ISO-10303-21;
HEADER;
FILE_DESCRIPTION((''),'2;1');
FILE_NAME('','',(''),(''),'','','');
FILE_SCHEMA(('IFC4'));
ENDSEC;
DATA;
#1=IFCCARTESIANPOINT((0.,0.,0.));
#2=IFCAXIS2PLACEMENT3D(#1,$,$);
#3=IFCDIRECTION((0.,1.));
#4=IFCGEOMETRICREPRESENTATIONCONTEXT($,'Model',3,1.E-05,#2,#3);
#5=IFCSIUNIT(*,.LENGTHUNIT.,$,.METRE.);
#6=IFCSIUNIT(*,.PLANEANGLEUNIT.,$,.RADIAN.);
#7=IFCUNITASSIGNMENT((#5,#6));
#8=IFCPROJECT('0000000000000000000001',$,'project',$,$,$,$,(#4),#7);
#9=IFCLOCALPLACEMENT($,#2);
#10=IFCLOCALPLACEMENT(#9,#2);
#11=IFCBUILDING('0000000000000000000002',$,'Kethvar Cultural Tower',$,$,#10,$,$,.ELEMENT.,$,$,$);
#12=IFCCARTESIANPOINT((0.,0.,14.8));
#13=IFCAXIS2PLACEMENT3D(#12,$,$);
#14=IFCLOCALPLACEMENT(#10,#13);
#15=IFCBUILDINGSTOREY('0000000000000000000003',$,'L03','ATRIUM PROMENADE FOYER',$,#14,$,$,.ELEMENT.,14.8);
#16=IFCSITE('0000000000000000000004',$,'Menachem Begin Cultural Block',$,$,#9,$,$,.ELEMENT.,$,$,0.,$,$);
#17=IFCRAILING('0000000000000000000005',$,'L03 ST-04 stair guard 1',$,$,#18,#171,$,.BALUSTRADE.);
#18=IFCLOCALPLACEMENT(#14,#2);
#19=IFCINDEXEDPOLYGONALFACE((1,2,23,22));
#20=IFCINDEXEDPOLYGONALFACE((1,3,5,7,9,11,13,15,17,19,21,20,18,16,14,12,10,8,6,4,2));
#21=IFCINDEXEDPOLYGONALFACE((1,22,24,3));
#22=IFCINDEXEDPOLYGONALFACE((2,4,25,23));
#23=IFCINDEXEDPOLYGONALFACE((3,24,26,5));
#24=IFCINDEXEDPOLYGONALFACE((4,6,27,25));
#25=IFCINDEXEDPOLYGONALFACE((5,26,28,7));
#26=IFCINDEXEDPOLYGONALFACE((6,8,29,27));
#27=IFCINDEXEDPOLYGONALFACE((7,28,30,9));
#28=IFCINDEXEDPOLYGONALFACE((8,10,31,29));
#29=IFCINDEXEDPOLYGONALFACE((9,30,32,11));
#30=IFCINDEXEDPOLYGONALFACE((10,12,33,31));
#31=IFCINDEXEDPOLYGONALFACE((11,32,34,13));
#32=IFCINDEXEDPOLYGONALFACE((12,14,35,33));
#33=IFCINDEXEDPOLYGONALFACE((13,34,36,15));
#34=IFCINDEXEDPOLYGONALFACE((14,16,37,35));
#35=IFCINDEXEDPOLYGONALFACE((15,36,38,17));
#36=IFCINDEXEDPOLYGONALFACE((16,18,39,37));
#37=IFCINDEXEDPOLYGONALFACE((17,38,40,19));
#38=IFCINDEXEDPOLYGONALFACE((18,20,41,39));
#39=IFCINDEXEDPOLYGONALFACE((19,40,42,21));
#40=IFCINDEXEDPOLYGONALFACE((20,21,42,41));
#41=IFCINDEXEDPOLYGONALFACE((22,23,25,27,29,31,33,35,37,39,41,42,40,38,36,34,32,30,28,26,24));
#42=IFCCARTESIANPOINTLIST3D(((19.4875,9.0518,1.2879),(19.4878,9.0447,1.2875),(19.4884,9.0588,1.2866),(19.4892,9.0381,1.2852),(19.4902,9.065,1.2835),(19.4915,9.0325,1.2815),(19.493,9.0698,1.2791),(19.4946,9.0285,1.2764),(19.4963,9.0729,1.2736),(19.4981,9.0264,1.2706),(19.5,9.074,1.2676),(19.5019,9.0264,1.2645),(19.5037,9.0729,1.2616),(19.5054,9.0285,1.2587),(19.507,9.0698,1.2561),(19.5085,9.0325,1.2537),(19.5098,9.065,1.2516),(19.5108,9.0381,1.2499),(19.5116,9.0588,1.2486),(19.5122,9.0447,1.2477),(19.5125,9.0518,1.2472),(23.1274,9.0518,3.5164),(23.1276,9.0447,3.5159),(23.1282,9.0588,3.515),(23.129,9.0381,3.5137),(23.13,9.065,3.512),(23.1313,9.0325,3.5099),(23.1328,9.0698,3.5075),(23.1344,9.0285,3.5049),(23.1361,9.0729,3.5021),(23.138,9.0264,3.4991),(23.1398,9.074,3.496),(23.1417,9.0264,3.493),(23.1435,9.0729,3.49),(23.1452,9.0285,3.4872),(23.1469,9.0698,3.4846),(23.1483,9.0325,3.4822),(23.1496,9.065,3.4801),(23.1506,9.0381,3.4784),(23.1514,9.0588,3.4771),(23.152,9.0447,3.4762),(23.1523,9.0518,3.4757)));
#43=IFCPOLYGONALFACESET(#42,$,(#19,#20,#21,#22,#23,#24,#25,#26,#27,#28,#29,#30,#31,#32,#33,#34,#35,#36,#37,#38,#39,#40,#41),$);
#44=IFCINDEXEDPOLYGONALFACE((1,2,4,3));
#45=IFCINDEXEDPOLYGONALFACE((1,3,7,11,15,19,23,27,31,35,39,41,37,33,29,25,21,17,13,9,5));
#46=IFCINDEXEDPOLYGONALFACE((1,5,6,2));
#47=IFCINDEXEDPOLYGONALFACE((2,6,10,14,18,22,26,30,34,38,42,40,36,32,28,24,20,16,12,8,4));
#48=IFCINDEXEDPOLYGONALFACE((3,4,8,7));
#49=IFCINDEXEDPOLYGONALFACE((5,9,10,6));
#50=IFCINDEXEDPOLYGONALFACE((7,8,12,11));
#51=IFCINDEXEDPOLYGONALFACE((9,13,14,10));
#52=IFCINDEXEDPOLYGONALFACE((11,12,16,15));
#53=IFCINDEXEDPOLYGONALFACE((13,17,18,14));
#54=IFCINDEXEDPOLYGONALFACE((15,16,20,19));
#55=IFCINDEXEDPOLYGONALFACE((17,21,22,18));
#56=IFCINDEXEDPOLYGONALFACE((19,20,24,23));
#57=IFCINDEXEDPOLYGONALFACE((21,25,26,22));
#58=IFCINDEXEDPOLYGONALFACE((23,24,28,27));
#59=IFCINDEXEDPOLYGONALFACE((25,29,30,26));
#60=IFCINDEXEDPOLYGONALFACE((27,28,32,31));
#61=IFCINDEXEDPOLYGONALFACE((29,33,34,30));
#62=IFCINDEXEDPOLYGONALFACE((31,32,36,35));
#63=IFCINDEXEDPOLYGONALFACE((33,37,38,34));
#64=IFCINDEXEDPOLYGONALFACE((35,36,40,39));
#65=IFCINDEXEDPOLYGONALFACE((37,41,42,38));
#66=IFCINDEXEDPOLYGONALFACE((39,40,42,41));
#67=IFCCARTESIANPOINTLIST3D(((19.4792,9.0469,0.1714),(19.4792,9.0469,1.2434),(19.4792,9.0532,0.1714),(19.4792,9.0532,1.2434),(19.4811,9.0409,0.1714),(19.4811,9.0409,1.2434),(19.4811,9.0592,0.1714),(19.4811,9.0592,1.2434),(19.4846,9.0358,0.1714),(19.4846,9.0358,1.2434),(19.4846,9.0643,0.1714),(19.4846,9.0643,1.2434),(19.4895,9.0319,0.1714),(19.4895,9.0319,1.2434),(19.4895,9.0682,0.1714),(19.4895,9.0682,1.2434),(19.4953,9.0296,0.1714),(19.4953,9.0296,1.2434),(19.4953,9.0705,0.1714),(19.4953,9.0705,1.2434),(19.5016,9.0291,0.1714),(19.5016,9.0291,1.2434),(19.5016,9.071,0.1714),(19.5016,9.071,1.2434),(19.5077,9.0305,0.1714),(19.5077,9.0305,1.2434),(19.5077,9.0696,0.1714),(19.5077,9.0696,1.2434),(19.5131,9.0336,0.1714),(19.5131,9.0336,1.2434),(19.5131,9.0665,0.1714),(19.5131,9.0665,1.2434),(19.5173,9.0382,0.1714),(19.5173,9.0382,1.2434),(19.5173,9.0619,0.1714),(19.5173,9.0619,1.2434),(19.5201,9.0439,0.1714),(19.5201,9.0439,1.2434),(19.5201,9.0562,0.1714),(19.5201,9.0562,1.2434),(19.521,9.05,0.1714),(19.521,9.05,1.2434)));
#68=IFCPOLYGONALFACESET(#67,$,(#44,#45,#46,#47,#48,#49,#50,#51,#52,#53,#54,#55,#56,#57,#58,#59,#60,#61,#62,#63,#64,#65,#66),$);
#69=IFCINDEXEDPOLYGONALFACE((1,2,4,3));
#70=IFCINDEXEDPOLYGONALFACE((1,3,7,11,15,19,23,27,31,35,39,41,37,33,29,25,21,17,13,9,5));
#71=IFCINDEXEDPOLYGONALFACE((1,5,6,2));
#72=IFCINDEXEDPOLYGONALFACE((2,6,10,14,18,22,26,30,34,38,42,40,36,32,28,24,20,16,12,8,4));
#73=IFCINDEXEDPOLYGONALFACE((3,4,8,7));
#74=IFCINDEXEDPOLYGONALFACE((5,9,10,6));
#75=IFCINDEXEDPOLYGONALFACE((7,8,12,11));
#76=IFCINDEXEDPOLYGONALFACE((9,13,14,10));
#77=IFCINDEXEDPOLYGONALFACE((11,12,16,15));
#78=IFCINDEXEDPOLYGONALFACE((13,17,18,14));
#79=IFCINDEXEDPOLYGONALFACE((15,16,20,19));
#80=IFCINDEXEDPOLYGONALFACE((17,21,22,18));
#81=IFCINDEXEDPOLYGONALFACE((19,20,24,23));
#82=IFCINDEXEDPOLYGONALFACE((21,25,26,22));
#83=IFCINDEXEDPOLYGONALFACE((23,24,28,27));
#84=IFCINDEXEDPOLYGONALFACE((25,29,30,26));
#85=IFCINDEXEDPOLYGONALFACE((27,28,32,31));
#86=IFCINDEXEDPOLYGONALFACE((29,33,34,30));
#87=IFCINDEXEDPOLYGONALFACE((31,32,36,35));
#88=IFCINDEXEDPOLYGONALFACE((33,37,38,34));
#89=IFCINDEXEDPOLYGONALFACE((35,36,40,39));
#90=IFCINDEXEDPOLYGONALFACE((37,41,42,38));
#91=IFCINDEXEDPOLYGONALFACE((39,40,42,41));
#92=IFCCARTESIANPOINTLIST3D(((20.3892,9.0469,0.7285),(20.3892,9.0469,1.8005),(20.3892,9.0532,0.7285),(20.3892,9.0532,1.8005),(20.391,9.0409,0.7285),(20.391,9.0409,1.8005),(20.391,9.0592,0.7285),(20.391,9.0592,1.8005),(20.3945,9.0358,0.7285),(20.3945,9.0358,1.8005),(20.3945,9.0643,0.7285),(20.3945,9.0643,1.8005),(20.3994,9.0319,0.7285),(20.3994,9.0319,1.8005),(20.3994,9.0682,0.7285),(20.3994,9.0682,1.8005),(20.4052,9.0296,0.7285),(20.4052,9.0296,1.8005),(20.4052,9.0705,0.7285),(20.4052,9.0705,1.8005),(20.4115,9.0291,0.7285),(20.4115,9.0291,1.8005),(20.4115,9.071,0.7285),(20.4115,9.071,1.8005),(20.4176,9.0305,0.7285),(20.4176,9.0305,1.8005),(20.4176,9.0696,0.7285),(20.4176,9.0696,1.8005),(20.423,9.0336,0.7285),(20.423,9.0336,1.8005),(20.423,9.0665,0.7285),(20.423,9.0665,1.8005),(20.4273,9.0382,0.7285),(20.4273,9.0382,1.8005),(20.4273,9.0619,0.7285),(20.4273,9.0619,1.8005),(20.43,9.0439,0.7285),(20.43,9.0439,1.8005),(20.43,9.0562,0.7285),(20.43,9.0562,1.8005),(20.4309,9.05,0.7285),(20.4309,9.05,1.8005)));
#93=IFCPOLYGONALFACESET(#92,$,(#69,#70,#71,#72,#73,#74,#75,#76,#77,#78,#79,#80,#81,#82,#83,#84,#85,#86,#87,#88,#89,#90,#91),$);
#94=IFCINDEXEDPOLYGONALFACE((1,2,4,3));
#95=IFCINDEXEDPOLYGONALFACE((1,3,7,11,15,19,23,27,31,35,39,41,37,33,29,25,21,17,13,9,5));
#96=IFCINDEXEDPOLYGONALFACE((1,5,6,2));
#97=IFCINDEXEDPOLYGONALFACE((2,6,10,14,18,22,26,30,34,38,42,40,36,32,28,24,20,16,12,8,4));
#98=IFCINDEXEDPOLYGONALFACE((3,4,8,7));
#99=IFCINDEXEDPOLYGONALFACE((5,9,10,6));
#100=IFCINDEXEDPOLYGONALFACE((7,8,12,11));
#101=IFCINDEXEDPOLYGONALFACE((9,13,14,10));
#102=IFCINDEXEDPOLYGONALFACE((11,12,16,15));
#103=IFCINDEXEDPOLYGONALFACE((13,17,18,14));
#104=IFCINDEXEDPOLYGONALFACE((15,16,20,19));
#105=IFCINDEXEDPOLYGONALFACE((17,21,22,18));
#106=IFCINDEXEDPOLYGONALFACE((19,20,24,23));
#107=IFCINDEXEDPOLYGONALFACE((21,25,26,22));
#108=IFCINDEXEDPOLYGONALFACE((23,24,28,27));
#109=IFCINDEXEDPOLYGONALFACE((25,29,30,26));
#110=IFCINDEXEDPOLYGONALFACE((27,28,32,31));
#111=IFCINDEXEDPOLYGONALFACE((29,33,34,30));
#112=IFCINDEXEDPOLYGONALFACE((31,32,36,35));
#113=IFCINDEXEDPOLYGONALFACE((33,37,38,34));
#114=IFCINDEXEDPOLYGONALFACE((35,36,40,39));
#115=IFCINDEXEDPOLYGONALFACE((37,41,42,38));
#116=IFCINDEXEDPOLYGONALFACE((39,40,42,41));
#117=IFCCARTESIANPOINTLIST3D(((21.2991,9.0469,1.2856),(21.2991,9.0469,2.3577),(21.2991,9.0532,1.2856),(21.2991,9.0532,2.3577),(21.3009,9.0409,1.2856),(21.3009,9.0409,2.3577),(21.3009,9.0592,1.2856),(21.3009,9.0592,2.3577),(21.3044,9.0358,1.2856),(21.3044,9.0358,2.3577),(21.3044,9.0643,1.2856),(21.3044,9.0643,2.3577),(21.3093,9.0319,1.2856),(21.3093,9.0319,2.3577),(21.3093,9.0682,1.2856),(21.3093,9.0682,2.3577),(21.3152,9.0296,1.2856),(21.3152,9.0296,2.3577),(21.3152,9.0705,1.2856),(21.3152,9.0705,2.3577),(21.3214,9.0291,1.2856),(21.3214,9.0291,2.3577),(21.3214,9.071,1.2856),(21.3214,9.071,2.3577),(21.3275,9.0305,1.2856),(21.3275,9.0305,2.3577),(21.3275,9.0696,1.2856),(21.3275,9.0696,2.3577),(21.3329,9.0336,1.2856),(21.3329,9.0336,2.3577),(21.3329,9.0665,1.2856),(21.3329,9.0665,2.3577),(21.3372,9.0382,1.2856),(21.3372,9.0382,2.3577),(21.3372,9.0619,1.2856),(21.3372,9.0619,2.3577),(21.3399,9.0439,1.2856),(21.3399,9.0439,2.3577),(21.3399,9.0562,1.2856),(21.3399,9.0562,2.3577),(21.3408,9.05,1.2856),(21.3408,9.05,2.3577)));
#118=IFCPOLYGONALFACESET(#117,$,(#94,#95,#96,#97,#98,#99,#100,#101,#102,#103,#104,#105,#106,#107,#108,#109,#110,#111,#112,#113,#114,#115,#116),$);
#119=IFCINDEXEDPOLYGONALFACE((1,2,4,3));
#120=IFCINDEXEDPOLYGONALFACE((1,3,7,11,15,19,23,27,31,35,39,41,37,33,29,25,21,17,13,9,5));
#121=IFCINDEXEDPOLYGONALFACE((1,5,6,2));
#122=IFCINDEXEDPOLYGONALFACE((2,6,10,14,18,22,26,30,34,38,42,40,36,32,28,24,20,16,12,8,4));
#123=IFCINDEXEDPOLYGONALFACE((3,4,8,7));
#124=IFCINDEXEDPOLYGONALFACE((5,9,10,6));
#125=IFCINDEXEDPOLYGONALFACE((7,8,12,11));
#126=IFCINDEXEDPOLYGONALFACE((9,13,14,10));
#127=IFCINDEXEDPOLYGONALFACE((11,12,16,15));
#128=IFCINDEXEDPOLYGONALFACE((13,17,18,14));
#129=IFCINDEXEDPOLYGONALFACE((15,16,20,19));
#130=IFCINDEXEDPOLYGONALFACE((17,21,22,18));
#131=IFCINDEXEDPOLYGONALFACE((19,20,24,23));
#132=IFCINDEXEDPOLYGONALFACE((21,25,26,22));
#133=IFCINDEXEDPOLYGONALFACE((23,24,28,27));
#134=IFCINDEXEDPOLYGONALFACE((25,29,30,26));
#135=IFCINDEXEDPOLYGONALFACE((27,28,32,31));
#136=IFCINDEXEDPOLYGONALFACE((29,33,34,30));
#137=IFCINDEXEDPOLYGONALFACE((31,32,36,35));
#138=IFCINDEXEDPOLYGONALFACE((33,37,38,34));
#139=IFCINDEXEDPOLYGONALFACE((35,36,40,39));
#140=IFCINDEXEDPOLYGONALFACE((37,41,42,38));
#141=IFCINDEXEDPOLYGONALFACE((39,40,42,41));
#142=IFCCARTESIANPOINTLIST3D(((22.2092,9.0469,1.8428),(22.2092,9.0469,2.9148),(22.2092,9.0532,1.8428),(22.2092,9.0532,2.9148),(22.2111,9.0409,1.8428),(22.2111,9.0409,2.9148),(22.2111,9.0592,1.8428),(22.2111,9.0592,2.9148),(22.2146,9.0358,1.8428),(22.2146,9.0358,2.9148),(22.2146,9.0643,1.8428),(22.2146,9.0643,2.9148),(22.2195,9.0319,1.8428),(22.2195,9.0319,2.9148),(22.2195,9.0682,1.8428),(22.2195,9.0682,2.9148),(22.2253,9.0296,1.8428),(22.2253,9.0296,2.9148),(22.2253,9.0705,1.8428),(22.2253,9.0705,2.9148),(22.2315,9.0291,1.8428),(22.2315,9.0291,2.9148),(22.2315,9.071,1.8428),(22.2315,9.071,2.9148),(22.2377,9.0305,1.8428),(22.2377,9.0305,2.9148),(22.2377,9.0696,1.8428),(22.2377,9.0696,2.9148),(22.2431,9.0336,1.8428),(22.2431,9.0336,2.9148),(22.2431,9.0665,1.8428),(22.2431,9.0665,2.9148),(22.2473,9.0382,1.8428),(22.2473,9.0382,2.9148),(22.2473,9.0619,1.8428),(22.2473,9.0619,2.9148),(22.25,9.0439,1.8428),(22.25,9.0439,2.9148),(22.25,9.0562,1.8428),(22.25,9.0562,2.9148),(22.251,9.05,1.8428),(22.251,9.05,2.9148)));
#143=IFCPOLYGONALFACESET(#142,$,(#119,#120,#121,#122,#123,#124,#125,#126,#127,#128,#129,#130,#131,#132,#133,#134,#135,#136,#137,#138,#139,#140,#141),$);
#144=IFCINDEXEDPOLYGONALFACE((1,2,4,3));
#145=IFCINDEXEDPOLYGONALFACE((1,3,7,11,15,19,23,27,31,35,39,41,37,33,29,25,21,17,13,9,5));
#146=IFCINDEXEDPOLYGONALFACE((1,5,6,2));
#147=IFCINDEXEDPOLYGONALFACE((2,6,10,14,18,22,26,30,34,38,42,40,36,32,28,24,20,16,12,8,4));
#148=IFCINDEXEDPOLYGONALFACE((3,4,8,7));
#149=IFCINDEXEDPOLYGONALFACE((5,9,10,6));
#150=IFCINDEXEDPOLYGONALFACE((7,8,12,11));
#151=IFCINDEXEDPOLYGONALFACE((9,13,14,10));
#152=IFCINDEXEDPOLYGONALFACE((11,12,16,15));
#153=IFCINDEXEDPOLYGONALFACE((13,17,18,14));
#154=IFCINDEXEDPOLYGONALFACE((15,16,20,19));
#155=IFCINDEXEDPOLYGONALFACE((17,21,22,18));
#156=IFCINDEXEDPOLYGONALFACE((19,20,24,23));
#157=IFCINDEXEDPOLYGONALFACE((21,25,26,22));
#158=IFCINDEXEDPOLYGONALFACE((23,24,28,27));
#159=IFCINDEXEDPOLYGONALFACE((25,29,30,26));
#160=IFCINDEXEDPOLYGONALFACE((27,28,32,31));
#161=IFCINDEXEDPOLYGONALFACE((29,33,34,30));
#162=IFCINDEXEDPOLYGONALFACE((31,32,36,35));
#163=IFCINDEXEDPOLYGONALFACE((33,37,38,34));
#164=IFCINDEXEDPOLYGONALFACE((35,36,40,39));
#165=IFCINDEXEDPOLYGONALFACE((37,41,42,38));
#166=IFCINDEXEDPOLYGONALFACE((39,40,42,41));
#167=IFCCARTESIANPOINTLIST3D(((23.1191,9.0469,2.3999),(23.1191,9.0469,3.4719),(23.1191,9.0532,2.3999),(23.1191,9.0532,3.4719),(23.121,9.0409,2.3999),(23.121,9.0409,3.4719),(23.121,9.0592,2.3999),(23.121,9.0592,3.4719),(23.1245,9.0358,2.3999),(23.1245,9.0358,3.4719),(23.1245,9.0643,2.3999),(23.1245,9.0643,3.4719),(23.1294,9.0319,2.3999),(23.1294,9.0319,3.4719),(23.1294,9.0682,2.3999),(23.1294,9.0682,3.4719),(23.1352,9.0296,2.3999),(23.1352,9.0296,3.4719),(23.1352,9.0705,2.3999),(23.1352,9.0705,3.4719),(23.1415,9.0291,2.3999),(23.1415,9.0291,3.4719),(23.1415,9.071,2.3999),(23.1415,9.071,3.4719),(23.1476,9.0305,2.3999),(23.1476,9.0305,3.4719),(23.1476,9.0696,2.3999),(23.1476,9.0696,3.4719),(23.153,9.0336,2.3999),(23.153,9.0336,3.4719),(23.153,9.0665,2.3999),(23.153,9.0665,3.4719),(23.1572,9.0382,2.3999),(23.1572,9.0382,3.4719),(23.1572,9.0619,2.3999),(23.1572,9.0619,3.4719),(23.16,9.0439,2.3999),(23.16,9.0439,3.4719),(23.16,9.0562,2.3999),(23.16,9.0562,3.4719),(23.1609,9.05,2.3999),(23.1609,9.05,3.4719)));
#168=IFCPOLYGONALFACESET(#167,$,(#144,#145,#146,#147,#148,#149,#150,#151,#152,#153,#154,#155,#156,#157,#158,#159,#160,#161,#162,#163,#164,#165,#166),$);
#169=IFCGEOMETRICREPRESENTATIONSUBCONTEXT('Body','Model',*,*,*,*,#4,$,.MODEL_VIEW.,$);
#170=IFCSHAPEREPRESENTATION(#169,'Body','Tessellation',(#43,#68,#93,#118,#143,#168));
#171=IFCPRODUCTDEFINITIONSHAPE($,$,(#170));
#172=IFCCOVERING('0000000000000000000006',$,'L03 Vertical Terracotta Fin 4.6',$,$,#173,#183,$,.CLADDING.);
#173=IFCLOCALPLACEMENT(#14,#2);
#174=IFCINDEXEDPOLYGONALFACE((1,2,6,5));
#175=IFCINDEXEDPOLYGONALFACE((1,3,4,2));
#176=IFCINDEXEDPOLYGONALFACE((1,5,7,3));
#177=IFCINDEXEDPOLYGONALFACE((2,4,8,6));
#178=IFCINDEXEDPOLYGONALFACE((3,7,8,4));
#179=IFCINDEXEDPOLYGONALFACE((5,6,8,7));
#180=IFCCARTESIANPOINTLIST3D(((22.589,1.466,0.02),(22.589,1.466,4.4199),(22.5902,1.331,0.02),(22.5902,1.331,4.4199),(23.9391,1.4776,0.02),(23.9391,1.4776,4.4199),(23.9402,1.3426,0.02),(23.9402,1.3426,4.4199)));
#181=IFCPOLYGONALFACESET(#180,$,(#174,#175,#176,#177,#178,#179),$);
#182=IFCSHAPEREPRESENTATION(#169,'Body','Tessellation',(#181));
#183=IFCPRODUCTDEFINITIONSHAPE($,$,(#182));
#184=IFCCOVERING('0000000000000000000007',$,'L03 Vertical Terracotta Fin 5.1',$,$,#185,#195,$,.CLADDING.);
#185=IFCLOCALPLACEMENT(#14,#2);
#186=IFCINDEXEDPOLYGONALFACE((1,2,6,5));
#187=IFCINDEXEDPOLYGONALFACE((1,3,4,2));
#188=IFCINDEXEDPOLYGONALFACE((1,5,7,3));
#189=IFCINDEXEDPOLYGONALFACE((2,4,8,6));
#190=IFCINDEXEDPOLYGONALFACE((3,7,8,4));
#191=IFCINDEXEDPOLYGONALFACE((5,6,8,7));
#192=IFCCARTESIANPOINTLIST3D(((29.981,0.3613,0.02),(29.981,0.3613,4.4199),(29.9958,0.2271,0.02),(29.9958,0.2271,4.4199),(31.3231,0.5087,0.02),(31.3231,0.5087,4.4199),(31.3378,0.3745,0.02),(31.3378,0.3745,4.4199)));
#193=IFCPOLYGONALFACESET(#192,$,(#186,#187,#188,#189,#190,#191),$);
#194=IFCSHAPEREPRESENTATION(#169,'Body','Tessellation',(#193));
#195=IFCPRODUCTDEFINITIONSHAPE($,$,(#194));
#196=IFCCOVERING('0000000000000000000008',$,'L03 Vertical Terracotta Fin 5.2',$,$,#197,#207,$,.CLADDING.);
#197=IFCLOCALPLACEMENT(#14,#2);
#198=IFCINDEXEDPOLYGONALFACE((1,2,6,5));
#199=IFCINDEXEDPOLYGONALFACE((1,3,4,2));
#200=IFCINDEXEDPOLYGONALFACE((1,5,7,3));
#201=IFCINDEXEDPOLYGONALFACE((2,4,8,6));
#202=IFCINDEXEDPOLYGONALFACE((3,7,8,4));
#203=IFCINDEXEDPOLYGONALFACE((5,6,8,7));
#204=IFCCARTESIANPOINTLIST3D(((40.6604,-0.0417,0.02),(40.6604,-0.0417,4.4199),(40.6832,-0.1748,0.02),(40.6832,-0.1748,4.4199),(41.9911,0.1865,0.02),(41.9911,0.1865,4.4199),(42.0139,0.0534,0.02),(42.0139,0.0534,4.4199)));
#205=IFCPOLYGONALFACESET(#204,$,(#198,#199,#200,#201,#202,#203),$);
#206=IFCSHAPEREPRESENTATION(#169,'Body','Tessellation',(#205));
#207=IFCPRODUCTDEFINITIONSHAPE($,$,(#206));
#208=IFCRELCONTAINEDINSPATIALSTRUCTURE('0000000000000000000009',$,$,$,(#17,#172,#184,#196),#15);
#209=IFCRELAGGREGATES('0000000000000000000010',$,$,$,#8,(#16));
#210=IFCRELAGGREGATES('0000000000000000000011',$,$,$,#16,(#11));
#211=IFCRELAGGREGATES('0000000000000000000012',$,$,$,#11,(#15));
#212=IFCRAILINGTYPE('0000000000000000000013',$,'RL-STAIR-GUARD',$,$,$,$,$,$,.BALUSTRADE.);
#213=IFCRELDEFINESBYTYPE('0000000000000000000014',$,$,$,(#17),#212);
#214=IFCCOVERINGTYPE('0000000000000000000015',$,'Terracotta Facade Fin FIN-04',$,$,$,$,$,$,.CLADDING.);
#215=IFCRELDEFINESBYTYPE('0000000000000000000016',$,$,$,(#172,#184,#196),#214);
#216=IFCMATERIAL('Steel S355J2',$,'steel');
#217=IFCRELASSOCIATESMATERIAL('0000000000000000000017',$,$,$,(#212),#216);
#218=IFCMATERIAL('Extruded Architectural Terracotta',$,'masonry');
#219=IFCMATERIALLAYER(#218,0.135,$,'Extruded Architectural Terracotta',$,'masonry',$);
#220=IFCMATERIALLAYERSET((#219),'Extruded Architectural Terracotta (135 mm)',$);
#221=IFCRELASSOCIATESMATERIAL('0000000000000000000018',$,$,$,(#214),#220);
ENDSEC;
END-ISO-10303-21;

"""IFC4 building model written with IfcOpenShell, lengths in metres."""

from ifc_helpers import new_model, si_unit, direction, frame, origin, origin_2d, place, context, subcontext, project, spatial, rectangle, circle, extrude, source, transform, mapped, material, layer, layer_set, type_object, element, save


model = new_model("IFC4")

# Units and contexts
model_context = context("Model", 3, precision=1e-05, world=origin(), true_north=direction((0.0, 1.0)))
body_context = subcontext(model_context, "Body", "Model", "MODEL_VIEW")
ifc_project = project(units=[si_unit("LENGTHUNIT", "METRE"), si_unit("PLANEANGLEUNIT", "RADIAN")], contexts=[model_context])

# Site, building, storey
site_placement = place(None, origin())
site = spatial("IfcSite", under=ifc_project, at=site_placement, Name="Menachem Begin Cultural Block", CompositionType="ELEMENT", RefElevation=0.0)
building_placement = place(site_placement, origin())
building = spatial("IfcBuilding", under=site, at=building_placement, Name="Kethvar Cultural Tower", CompositionType="ELEMENT")
storey_placement = place(building_placement, frame((0.0, 0.0, 14.8)))
storey = spatial("IfcBuildingStorey", under=building, at=storey_placement, Name="L03", Description="ATRIUM PROMENADE FOYER", CompositionType="ELEMENT", Elevation=14.8)

# Shared definitions
ifc_material_1 = material(Name="Steel S355J2", Category="steel")

# Railing
railing_type = type_object("IfcRailingType", Name="RL-STAIR-GUARD", PredefinedType="BALUSTRADE", material=ifc_material_1)
railing_placement = place(storey_placement, frame((19.5, 9.05, 0.1714)))
element("IfcRailing", 1, at=railing_placement, inside=storey, type_object=railing_type, Name="L03 ST-04 stair guard 1", PredefinedType="BALUSTRADE", context=body_context, shape_type="SweptSolid", body=[
    extrude(circle(Radius=0.0239, at=origin_2d()), frame((0.0, 0.0, 1.0962), z_axis=(0.85285, 0.0, 0.522156), x_axis=(0.0, 1.0, 0.0)), (0.0, 0.0, 1.0), 4.2678),
    extrude(circle(Radius=0.021, at=origin_2d()), origin(), (0.0, 0.0, 1.0), 1.072),
    extrude(circle(Radius=0.021, at=origin_2d()), frame((0.9099, 0.0, 0.5571)), (0.0, 0.0, 1.0), 1.072),
    extrude(circle(Radius=0.021, at=origin_2d()), frame((1.8198, 0.0, 1.1143)), (0.0, 0.0, 1.0), 1.072),
    extrude(circle(Radius=0.021, at=origin_2d()), frame((2.73, 0.0, 1.6714)), (0.0, 0.0, 1.0), 1.072),
    extrude(circle(Radius=0.021, at=origin_2d()), frame((3.6399, 0.0, 2.2285)), (0.0, 0.0, 1.0), 1.072),
])

# Coverings
ifc_material_2 = material(Name="Extruded Architectural Terracotta", Category="masonry")
ifc_layer_1 = layer(ifc_material_2, 0.135, Name="Extruded Architectural Terracotta", Category="masonry")
ifc_layer_set_1 = layer_set([ifc_layer_1], Name="Extruded Architectural Terracotta (135 mm)")
covering_type = type_object("IfcCoveringType", Name="Terracotta Facade Fin FIN-04", PredefinedType="CLADDING", material=ifc_layer_set_1)
shared_shape_1 = source(origin(), body_context, "Body", "SweptSolid", [
    extrude(rectangle(XDim=1.3501, YDim=0.135, at=origin_2d()), origin(), (0.0, 0.0, 1.0), 4.3999),
])
for number, where, z_axis, x_axis, name in (
    (2, (23.2646, 1.4043, 0.02), (0.0, 0.0, 1.0), (-0.999963, -0.008552, 0.0), "L03 Vertical Terracotta Fin 4.6"),
    (3, (30.6594, 0.3679, 0.02), (0.0, 0.0, 1.0), (-0.994018, -0.109214, 0.0), "L03 Vertical Terracotta Fin 5.1"),
    (4, (41.3372, 0.0059, 0.02), (0.0, 0.0, 1.0), (-0.985615, -0.169005, 0.0), "L03 Vertical Terracotta Fin 5.2"),
):
    element("IfcCovering", number, at=place(storey_placement, frame(where, z_axis=z_axis, x_axis=x_axis)), inside=storey, type_object=covering_type, Name=name, PredefinedType="CLADDING", context=body_context, shape_type="MappedRepresentation", body=[
        mapped(shared_shape_1, transform((0.0, 0.0, 0.0), scale=1.0)),
    ])

save(model, "model.ifc")
